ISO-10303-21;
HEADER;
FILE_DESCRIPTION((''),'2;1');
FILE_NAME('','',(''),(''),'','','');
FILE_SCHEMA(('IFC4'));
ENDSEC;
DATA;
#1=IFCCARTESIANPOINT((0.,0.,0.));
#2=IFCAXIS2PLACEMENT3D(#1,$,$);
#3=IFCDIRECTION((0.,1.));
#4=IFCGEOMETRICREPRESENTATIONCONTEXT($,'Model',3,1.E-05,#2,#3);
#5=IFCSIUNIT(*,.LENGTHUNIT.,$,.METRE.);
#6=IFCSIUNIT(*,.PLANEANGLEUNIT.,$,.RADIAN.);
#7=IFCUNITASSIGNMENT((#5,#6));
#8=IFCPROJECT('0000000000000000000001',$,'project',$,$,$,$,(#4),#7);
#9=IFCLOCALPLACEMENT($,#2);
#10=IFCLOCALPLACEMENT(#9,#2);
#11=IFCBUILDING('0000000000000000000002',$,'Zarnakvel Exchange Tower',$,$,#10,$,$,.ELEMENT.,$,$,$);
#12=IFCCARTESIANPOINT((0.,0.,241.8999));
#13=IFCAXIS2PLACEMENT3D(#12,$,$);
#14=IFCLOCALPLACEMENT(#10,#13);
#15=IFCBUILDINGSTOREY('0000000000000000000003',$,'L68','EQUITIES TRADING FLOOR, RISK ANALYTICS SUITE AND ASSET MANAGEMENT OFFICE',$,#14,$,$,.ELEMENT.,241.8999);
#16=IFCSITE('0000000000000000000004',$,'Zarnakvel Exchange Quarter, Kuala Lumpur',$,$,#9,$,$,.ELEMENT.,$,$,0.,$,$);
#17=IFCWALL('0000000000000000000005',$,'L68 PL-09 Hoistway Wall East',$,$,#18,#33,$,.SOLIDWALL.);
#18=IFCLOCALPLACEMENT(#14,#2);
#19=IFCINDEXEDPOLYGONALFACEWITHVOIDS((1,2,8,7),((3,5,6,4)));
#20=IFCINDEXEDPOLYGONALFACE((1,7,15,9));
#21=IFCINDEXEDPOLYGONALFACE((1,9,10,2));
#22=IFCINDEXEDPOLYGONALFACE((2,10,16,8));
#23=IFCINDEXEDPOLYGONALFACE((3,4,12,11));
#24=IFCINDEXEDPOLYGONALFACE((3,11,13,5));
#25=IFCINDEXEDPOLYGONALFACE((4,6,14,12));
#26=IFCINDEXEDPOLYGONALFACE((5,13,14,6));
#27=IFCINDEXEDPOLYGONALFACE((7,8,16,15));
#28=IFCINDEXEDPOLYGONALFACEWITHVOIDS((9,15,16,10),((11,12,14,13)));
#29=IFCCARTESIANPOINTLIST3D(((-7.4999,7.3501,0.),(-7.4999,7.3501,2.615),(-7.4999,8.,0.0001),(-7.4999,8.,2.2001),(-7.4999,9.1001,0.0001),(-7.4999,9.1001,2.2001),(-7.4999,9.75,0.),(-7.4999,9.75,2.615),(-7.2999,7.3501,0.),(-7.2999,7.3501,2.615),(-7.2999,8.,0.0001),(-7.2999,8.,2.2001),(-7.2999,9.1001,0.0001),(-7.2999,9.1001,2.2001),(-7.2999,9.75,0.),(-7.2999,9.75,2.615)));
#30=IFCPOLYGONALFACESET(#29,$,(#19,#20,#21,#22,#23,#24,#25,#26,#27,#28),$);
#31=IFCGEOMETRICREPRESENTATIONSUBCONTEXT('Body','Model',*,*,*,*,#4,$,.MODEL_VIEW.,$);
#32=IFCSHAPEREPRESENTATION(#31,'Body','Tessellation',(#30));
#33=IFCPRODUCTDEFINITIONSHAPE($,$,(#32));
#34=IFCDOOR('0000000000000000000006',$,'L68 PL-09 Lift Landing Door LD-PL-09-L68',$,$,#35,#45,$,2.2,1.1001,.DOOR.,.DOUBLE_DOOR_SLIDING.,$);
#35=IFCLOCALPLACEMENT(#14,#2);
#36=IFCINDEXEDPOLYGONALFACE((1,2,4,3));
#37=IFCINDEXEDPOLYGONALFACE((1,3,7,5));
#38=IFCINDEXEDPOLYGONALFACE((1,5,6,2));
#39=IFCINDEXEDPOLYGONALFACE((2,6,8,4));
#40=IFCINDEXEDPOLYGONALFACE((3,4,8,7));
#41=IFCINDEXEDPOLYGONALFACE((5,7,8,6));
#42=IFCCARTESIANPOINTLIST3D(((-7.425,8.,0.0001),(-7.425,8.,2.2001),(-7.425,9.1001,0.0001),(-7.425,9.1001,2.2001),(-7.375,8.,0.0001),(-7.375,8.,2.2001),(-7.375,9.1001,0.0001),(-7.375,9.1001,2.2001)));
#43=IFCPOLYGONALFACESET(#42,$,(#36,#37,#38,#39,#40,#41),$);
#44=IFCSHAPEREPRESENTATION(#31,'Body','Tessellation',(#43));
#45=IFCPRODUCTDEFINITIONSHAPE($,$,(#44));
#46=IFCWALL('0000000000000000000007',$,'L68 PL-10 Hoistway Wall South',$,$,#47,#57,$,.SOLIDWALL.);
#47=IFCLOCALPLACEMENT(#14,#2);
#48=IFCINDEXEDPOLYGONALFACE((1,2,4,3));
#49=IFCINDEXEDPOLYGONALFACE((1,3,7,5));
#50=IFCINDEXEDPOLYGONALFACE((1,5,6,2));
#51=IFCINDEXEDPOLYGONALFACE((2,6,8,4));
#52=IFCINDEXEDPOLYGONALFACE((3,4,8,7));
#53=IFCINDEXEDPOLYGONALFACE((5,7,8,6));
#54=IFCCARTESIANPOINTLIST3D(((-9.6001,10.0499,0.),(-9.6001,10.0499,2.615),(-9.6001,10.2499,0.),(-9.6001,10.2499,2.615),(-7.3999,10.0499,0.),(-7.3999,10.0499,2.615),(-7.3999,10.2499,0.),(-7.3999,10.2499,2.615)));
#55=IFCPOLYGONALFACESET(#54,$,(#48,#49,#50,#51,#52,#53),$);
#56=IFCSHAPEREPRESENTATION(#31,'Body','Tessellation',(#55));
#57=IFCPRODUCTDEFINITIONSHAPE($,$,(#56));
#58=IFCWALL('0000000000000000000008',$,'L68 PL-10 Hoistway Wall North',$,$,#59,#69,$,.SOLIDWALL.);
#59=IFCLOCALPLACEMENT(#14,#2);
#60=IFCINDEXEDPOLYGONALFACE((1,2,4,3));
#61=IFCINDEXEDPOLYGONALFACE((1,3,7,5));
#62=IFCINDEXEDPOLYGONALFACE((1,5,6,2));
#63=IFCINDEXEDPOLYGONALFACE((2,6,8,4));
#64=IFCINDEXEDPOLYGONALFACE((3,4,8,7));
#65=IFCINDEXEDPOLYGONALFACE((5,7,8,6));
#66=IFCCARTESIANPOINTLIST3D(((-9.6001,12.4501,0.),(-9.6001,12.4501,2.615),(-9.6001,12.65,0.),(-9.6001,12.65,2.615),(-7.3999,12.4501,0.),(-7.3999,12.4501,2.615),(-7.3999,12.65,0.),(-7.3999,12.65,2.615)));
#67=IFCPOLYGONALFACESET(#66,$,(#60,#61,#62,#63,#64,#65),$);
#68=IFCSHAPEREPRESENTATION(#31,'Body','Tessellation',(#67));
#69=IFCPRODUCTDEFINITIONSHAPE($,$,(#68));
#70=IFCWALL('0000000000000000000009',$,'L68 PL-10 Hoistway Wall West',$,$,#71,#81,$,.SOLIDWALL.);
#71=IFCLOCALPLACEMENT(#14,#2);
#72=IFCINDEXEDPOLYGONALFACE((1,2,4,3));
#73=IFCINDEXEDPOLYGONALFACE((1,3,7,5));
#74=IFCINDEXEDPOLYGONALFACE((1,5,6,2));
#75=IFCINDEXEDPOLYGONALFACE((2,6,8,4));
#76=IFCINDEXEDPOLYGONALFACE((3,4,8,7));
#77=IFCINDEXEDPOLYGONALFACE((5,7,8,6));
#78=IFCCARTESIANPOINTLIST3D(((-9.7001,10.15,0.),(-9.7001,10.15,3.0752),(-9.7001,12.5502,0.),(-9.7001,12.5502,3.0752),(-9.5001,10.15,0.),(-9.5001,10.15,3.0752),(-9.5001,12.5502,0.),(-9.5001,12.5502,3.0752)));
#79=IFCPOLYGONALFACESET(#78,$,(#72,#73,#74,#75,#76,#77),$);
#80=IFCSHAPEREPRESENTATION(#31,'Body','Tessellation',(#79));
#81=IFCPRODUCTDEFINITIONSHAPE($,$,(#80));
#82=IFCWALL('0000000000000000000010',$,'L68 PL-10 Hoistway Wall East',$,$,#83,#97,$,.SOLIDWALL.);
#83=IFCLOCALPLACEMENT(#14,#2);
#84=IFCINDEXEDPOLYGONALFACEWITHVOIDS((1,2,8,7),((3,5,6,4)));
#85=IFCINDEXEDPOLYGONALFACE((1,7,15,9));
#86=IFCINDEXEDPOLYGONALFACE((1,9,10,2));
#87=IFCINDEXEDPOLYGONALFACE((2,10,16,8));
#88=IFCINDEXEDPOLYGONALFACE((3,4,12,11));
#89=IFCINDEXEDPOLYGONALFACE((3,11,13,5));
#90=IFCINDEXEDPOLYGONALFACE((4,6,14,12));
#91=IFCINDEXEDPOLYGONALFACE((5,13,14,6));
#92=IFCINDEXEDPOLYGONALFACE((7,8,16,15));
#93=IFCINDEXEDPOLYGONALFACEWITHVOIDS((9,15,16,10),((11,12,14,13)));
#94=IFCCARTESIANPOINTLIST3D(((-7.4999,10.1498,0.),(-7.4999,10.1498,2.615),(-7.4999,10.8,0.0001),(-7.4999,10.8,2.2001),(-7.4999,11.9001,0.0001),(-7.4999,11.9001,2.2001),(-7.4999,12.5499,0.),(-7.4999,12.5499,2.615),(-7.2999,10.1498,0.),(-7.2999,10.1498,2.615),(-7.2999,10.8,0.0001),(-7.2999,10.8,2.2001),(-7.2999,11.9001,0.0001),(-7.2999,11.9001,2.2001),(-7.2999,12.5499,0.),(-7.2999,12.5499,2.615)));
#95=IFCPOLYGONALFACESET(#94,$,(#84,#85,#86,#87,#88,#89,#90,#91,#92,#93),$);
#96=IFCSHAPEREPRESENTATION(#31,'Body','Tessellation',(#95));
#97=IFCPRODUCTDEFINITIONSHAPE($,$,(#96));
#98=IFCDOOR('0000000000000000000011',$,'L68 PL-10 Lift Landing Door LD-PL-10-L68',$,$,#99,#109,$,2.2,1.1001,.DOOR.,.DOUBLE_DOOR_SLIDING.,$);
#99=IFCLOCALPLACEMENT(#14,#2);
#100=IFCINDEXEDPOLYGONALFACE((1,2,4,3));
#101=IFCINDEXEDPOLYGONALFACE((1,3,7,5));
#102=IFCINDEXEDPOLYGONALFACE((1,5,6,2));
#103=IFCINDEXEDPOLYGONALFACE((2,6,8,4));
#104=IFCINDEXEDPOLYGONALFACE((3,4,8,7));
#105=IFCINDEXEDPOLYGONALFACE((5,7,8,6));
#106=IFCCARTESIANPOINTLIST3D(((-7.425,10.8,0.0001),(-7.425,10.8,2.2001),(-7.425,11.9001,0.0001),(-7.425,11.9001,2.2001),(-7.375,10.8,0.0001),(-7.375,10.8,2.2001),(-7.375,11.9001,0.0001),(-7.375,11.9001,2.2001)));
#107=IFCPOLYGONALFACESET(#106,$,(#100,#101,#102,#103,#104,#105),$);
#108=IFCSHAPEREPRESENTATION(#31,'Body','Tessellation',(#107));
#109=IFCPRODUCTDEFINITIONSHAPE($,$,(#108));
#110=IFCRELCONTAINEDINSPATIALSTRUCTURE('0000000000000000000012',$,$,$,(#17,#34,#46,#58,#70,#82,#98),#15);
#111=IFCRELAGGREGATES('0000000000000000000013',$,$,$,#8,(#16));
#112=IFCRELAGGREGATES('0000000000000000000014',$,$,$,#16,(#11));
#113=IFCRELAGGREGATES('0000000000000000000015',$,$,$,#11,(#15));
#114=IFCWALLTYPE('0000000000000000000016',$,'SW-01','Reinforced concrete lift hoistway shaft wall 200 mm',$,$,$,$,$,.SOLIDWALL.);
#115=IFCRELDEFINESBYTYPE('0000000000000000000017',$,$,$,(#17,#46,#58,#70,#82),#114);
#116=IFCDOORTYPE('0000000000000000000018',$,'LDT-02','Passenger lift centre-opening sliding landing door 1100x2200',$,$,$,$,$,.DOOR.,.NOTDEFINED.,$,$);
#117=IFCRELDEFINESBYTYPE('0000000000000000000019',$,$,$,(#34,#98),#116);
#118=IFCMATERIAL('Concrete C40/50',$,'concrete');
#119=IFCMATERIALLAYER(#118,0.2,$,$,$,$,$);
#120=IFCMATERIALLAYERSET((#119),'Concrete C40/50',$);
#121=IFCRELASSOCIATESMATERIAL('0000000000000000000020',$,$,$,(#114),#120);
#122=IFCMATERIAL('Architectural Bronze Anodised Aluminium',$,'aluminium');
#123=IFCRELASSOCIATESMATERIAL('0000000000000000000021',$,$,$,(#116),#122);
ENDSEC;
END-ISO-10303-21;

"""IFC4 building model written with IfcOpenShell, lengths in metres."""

from ifc_helpers import new_model, si_unit, direction, frame, frame_2d, origin, place, context, subcontext, project, spatial, rectangle, extrude, source, transform, mapped, material, layer, layer_set, type_object, element, fill, save


model = new_model("IFC4")

# Units and contexts
model_context = context("Model", 3, precision=1e-05, world=origin(), true_north=direction((0.0, 1.0)))
body_context = subcontext(model_context, "Body", "Model", "MODEL_VIEW")
ifc_project = project(units=[si_unit("LENGTHUNIT", "METRE"), si_unit("PLANEANGLEUNIT", "RADIAN")], contexts=[model_context])

# Site, building, storey
site_placement = place(None, origin())
site = spatial("IfcSite", under=ifc_project, at=site_placement, Name="Zarnakvel Exchange Quarter, Kuala Lumpur", CompositionType="ELEMENT", RefElevation=0.0)
building_placement = place(site_placement, origin())
building = spatial("IfcBuilding", under=site, at=building_placement, Name="Zarnakvel Exchange Tower", CompositionType="ELEMENT")
storey_placement = place(building_placement, frame((0.0, 0.0, 241.8999)))
storey = spatial("IfcBuildingStorey", under=building, at=storey_placement, Name="L68", Description="EQUITIES TRADING FLOOR, RISK ANALYTICS SUITE AND ASSET MANAGEMENT OFFICE", CompositionType="ELEMENT", Elevation=241.8999)

# Shared definitions
ifc_material_1 = material(Name="Architectural Bronze Anodised Aluminium", Category="aluminium")

# Wall, opening, door
ifc_material_2 = material(Name="Concrete C40/50", Category="concrete")
ifc_layer_1 = layer(ifc_material_2, 0.2)
ifc_layer_set_1 = layer_set([ifc_layer_1], Name="Concrete C40/50")
wall_type_1 = type_object("IfcWallType", Name="SW-01", Description="Reinforced concrete lift hoistway shaft wall 200 mm", PredefinedType="SOLIDWALL", material=ifc_layer_set_1)
wall_1_placement = place(storey_placement, frame((-7.3999, 9.75, 0.0), z_axis=(0.0, 0.0, 1.0), x_axis=(0.0, -1.0, 0.0)))
wall_1 = element("IfcWall", 1, at=wall_1_placement, inside=storey, type_object=wall_type_1, Name="L68 PL-09 Hoistway Wall East", PredefinedType="SOLIDWALL", context=body_context, shape_type="SweptSolid", body=[
    extrude(rectangle(XDim=2.3999, YDim=0.2, at=frame_2d((1.2, 0.0))), origin(), (0.0, 0.0, 1.0), 2.615),
])
opening_1_placement = place(wall_1_placement, frame((0.6499, 0.0, 0.0)))
opening_1 = element("IfcOpeningElement", 2, at=opening_1_placement, cuts=wall_1, PredefinedType="OPENING", context=body_context, shape_type="SweptSolid", body=[
    extrude(rectangle(XDim=1.1001, YDim=2.2, at=frame_2d((0.55, 1.1001))), frame((0.0, 0.1099, 0.0), z_axis=(0.0, -1.0, 0.0), x_axis=(1.0, 0.0, 0.0)), (0.0, 0.0, 1.0), 0.22),
])
door_type_1 = type_object("IfcDoorType", Name="LDT-02", Description="Passenger lift centre-opening sliding landing door 1100x2200", OperationType="NOTDEFINED", PredefinedType="DOOR", material=ifc_material_1)
shared_shape_1 = source(origin(), body_context, "Body", "SweptSolid", [
    extrude(rectangle(XDim=1.1001, YDim=2.2, at=frame_2d((0.55, 1.1001))), frame((0.0, 0.0249, 0.0), z_axis=(0.0, -1.0, 0.0), x_axis=(1.0, 0.0, 0.0)), (0.0, 0.0, 1.0), 0.05),
])
door_1_placement = place(opening_1_placement, origin())
door_1 = element("IfcDoor", 3, at=door_1_placement, inside=storey, type_object=door_type_1, Name="L68 PL-09 Lift Landing Door LD-PL-09-L68", OperationType="DOUBLE_DOOR_SLIDING", OverallHeight=2.2, OverallWidth=1.1001, PredefinedType="DOOR", context=body_context, shape_type="MappedRepresentation", body=[
    mapped(shared_shape_1, transform((0.0, 0.0, 0.0), x_axis=(1.0, 0.0, 0.0), y_axis=(0.0, 1.0, 0.0), z_axis=(0.0, 0.0, 1.0), scale=1.0)),
])
fill(opening_1, door_1)

# Walls
for number, where, z_axis, x_axis, name in (
    (4, (-7.3999, 10.1499, 0.0), (0.0, 0.0, 1.0), (-1.0, 0.0, 0.0), "L68 PL-10 Hoistway Wall South"),
    (5, (-9.6001, 12.55, 0.0), (0.0, 0.0, 1.0), (1.0, 0.0, 0.0), "L68 PL-10 Hoistway Wall North"),
):
    element("IfcWall", number, at=place(storey_placement, frame(where, z_axis=z_axis, x_axis=x_axis)), inside=storey, type_object=wall_type_1, Name=name, PredefinedType="SOLIDWALL", context=body_context, shape_type="SweptSolid", body=[
        extrude(rectangle(XDim=2.2002, YDim=0.2, at=frame_2d((1.1001, 0.0))), origin(), (0.0, 0.0, 1.0), 2.615),
    ])
wall_2_placement = place(storey_placement, frame((-9.6001, 10.1499, 0.0), z_axis=(0.0, 0.0, 1.0), x_axis=(0.0, 1.0, 0.0)))
element("IfcWall", 6, at=wall_2_placement, inside=storey, type_object=wall_type_1, Name="L68 PL-10 Hoistway Wall West", PredefinedType="SOLIDWALL", context=body_context, shape_type="SweptSolid", body=[
    extrude(rectangle(XDim=2.4001, YDim=0.2, at=frame_2d((1.2002, 0.0))), origin(), (0.0, 0.0, 1.0), 3.0752),
])

# Wall, opening, door
wall_3_placement = place(storey_placement, frame((-7.3999, 12.55, 0.0), z_axis=(0.0, 0.0, 1.0), x_axis=(0.0, -1.0, 0.0)))
wall_3 = element("IfcWall", 7, at=wall_3_placement, inside=storey, type_object=wall_type_1, Name="L68 PL-10 Hoistway Wall East", PredefinedType="SOLIDWALL", context=body_context, shape_type="SweptSolid", body=[
    extrude(rectangle(XDim=2.4001, YDim=0.2, at=frame_2d((1.2002, 0.0))), origin(), (0.0, 0.0, 1.0), 2.615),
])
opening_2_placement = place(wall_3_placement, frame((0.6499, 0.0, 0.0)))
opening_2 = element("IfcOpeningElement", 8, at=opening_2_placement, cuts=wall_3, PredefinedType="OPENING", context=body_context, shape_type="SweptSolid", body=[
    extrude(rectangle(XDim=1.1001, YDim=2.2, at=frame_2d((0.55, 1.1001))), frame((0.0, 0.1099, 0.0), z_axis=(0.0, -1.0, 0.0), x_axis=(1.0, 0.0, 0.0)), (0.0, 0.0, 1.0), 0.22),
])
door_2_placement = place(opening_2_placement, origin())
door_2 = element("IfcDoor", 9, at=door_2_placement, inside=storey, type_object=door_type_1, Name="L68 PL-10 Lift Landing Door LD-PL-10-L68", OperationType="DOUBLE_DOOR_SLIDING", OverallHeight=2.2, OverallWidth=1.1001, PredefinedType="DOOR", context=body_context, shape_type="MappedRepresentation", body=[
    mapped(shared_shape_1, transform((0.0, 0.0, 0.0), x_axis=(1.0, 0.0, 0.0), y_axis=(0.0, 1.0, 0.0), z_axis=(0.0, 0.0, 1.0), scale=1.0)),
])
fill(opening_2, door_2)

save(model, "model.ifc")
